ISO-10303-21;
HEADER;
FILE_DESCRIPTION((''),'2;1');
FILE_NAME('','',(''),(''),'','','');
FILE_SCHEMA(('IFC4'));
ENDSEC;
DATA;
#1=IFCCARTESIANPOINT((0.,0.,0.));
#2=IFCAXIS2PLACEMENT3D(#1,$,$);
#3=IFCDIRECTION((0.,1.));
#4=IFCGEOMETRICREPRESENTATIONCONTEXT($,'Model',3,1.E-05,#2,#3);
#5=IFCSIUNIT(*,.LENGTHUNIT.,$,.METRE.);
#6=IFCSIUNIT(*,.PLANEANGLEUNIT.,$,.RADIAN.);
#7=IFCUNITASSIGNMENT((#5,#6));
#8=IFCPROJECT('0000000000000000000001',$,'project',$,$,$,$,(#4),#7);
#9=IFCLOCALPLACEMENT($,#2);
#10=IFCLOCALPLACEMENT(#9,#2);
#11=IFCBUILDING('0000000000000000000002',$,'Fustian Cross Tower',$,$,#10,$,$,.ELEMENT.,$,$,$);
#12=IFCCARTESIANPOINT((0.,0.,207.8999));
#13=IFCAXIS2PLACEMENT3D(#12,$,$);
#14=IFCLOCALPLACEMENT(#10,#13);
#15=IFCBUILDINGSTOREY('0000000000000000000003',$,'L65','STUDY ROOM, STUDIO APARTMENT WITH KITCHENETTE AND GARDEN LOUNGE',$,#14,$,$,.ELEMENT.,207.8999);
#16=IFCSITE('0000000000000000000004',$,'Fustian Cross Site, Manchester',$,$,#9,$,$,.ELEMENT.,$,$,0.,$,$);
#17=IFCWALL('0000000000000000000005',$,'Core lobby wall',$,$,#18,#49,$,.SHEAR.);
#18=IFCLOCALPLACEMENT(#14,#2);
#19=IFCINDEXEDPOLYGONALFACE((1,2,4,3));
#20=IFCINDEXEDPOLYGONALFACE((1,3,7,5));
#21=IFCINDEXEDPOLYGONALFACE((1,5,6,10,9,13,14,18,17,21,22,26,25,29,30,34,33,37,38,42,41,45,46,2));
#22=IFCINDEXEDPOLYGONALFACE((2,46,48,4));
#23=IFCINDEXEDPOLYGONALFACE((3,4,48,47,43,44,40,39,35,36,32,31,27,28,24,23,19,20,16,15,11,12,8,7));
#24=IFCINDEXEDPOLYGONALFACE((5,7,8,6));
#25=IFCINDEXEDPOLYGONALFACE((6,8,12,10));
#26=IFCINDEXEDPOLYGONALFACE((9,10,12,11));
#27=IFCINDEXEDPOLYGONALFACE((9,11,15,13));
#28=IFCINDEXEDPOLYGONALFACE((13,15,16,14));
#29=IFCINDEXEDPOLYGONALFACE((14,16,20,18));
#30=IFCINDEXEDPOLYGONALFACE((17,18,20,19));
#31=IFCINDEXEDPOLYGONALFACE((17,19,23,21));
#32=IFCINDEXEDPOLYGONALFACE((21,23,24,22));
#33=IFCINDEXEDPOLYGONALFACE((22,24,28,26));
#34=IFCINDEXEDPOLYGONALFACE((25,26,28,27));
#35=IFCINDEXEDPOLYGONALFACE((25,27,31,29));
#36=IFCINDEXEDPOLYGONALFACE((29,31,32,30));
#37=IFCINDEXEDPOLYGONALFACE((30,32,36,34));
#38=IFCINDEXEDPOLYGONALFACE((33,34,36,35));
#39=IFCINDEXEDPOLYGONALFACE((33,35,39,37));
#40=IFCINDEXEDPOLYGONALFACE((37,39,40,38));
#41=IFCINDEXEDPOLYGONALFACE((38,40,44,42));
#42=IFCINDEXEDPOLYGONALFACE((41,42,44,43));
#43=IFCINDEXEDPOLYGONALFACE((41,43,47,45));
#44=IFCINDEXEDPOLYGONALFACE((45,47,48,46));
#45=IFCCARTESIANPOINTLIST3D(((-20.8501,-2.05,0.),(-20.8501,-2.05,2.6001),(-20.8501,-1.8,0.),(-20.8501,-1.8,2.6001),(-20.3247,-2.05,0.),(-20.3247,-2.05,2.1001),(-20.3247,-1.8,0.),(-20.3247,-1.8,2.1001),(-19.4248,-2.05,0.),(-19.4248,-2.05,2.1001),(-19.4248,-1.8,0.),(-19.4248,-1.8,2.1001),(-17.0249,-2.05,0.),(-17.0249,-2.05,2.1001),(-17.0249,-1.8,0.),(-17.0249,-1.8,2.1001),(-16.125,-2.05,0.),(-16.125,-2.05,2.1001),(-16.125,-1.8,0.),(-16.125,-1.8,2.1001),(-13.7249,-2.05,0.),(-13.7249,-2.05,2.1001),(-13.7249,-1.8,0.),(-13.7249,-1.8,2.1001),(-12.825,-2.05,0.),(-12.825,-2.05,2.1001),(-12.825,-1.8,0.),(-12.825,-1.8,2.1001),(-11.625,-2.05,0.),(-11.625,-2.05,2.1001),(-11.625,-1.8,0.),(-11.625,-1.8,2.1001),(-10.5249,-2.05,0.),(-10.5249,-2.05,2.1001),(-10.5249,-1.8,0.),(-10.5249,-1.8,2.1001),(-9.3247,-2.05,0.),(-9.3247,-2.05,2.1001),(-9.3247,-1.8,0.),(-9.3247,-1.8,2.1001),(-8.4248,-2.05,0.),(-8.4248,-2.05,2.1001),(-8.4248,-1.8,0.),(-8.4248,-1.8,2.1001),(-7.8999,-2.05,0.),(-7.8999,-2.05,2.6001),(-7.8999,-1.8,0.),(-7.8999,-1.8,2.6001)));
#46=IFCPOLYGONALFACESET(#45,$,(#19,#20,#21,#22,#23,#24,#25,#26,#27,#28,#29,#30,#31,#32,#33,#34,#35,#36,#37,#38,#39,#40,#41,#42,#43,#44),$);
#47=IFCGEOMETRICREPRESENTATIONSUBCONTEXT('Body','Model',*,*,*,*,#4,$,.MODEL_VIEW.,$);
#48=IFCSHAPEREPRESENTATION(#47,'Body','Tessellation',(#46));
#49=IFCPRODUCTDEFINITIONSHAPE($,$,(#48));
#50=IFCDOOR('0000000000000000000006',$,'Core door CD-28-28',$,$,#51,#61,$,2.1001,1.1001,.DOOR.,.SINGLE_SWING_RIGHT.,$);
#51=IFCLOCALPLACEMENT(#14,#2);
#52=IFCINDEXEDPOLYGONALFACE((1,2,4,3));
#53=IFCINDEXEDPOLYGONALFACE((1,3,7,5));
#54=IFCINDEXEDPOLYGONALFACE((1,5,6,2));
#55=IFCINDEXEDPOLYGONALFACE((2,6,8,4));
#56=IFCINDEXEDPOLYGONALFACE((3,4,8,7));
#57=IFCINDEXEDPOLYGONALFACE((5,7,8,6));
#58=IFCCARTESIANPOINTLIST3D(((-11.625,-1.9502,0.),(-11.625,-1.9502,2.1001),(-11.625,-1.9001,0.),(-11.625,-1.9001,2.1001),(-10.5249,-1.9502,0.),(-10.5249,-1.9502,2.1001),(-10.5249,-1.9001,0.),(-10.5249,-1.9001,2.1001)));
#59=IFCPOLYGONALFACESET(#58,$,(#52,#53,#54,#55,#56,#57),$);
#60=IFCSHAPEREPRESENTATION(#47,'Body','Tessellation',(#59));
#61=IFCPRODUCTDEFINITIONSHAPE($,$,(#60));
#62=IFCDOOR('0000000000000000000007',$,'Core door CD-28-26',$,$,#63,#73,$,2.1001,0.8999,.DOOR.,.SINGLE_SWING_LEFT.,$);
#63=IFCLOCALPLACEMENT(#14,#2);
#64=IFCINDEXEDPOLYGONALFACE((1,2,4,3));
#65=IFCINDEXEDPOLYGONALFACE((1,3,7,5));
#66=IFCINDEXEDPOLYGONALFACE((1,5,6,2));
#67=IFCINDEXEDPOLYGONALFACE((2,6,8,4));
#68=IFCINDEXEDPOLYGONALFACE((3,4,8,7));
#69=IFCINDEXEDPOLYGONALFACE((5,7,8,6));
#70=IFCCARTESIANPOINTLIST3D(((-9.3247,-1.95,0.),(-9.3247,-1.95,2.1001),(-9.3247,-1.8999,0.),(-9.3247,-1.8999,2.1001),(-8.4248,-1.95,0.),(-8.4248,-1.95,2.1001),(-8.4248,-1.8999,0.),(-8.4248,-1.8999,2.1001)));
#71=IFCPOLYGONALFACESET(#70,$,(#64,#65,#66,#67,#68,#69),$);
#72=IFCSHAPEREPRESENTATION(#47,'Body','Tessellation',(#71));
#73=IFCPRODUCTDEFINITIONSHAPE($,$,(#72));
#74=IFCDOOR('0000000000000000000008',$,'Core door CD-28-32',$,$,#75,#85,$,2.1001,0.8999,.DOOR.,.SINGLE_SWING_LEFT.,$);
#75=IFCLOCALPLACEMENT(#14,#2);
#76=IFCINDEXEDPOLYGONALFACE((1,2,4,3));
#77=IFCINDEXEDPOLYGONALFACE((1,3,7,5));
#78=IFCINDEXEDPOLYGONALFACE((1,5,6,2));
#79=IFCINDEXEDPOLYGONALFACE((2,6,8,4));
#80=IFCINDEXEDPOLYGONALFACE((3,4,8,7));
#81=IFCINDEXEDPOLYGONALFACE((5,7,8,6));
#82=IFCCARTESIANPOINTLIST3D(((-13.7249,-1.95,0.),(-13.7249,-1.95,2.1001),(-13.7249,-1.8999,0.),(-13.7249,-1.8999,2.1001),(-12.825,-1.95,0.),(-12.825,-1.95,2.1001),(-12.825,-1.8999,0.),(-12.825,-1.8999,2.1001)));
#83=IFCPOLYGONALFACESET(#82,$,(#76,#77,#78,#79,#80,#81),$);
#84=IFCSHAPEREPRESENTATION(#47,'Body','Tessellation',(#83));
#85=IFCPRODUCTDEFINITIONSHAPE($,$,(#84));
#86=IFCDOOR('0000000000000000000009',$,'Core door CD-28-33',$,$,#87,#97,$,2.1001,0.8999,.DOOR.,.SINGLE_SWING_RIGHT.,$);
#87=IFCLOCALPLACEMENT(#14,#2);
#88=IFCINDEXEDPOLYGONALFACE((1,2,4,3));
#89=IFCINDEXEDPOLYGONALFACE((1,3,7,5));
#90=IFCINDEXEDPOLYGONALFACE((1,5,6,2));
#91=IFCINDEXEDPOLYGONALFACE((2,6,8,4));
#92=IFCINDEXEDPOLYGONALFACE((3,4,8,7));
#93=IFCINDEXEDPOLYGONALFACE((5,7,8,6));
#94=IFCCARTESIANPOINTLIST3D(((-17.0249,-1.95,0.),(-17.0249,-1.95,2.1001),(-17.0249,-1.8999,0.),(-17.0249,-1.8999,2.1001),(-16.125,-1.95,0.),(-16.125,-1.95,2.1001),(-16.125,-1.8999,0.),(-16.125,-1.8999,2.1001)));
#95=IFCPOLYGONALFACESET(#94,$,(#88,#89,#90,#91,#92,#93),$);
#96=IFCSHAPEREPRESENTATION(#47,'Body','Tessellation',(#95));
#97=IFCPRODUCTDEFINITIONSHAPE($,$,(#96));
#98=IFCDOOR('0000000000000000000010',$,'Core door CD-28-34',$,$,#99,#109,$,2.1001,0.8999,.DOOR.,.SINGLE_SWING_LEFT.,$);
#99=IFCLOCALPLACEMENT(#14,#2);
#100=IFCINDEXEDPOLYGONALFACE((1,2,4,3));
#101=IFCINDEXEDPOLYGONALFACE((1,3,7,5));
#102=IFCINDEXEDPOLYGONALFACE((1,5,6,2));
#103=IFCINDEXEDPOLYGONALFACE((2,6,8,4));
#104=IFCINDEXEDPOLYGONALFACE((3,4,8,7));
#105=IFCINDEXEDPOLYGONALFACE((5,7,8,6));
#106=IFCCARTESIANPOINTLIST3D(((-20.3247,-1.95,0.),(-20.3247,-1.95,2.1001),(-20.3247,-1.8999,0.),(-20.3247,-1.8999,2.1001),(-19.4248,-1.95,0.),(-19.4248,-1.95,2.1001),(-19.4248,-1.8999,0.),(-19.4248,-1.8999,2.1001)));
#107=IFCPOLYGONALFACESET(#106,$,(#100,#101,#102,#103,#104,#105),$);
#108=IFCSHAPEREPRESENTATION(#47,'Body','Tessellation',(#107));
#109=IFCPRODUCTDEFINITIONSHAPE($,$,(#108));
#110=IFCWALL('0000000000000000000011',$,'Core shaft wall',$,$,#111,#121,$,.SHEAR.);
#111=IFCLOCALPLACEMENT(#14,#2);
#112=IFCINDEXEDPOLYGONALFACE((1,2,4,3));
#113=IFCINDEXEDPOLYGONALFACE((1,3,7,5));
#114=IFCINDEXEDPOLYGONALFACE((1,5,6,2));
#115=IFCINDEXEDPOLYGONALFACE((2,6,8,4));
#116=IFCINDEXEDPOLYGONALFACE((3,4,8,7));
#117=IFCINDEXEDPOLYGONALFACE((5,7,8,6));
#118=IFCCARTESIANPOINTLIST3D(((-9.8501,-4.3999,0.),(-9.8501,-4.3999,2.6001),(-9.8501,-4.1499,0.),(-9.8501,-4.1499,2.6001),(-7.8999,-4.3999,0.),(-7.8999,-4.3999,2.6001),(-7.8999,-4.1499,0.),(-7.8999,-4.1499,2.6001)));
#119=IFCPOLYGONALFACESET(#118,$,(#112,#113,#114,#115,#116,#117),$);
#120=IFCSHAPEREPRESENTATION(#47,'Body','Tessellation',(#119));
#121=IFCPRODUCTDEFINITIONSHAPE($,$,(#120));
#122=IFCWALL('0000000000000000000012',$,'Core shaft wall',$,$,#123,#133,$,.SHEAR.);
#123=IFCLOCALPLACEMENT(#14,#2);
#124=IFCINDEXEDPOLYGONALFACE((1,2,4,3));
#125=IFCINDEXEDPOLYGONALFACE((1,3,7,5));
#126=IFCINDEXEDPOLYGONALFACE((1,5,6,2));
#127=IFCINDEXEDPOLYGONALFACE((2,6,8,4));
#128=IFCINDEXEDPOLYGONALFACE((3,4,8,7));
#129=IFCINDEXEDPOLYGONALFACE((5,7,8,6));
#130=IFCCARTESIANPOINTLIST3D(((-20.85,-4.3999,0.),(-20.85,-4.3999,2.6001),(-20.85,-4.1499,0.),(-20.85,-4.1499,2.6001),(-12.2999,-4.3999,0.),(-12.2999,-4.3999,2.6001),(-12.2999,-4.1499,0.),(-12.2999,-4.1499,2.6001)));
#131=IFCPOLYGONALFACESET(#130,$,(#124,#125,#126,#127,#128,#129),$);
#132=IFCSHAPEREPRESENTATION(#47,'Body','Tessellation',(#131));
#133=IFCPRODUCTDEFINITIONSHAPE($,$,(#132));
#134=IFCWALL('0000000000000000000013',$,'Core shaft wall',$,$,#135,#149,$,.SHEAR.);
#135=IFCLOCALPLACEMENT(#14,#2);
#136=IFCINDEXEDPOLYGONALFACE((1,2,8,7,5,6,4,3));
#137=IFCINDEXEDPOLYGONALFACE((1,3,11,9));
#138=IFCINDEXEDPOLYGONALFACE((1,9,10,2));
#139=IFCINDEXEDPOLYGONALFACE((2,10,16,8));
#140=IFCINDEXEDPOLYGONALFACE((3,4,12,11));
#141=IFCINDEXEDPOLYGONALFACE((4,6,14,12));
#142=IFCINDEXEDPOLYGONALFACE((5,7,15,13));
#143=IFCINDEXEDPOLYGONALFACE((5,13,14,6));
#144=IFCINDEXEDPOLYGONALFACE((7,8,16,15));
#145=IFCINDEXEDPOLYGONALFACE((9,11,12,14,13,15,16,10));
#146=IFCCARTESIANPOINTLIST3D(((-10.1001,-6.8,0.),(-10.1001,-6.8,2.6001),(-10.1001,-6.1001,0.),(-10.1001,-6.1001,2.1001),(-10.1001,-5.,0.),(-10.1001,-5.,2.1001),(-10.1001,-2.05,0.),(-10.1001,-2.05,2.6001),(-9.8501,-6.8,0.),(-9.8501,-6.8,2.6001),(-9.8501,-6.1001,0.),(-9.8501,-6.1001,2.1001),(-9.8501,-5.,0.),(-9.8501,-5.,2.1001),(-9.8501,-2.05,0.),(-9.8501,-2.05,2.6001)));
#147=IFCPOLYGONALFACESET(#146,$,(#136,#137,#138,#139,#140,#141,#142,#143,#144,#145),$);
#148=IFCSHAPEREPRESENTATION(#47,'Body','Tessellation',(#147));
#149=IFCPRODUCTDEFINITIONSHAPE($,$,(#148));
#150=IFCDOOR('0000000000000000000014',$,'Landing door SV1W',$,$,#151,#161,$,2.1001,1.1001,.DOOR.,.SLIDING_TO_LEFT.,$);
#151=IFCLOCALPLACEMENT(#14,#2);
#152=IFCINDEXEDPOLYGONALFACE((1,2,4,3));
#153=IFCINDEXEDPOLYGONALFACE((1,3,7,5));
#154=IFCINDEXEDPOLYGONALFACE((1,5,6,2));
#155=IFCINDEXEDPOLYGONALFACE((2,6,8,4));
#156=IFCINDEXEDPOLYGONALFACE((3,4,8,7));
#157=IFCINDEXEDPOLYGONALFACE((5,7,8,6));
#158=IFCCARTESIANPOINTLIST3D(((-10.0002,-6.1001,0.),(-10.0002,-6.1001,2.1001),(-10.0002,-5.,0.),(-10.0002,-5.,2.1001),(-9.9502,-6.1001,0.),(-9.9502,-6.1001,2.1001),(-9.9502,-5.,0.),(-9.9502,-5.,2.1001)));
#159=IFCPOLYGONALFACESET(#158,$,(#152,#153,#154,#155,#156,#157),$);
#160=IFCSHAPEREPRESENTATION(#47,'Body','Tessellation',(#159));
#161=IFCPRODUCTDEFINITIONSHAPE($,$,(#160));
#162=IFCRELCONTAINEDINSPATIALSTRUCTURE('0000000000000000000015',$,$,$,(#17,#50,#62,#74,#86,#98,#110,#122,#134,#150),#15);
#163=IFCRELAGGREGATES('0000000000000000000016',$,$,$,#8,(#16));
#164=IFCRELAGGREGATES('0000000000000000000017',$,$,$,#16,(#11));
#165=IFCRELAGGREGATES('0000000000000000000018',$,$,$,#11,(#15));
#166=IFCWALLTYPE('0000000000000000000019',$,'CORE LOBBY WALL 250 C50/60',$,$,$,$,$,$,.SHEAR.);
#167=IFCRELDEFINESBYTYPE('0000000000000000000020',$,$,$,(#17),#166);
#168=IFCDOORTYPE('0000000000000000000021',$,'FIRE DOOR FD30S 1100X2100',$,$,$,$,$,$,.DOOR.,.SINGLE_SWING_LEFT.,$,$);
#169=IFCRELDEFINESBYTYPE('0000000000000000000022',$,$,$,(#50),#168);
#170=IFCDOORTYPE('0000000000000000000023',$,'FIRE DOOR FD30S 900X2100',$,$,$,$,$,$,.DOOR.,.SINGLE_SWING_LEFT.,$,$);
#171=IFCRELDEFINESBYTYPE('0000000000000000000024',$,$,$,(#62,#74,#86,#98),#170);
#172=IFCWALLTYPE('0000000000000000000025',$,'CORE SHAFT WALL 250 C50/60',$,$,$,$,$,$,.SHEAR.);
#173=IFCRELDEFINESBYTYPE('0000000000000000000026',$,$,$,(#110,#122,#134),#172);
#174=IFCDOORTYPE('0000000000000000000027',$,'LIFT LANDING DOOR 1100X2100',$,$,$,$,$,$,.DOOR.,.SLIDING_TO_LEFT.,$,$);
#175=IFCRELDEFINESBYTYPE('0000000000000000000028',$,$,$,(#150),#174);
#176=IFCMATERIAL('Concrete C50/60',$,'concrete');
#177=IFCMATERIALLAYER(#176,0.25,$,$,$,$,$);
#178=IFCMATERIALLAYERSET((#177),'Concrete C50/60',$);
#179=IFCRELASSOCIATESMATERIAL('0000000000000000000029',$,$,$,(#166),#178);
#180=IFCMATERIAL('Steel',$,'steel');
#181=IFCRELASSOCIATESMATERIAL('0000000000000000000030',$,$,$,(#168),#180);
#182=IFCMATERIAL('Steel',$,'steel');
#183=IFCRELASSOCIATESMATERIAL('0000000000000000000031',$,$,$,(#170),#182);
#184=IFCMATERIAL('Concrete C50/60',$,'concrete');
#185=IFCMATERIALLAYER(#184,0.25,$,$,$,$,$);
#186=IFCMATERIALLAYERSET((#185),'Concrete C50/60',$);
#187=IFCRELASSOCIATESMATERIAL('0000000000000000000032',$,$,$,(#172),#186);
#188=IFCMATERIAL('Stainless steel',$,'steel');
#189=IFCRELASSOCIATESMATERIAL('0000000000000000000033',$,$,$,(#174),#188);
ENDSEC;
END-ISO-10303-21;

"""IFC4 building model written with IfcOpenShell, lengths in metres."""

from ifc_helpers import new_model, si_unit, direction, frame, frame_2d, origin, place, context, subcontext, project, spatial, rectangle, extrude, material, layer, layer_set, type_object, element, fill, save


model = new_model("IFC4")

# Units and contexts
model_context = context("Model", 3, precision=1e-05, world=origin(), true_north=direction((0.0, 1.0)))
body_context = subcontext(model_context, "Body", "Model", "MODEL_VIEW")
ifc_project = project(units=[si_unit("LENGTHUNIT", "METRE"), si_unit("PLANEANGLEUNIT", "RADIAN")], contexts=[model_context])

# Site, building, storey
site_placement = place(None, origin())
site = spatial("IfcSite", under=ifc_project, at=site_placement, Name="Fustian Cross Site, Manchester", CompositionType="ELEMENT", RefElevation=0.0)
building_placement = place(site_placement, origin())
building = spatial("IfcBuilding", under=site, at=building_placement, Name="Fustian Cross Tower", CompositionType="ELEMENT")
storey_placement = place(building_placement, frame((0.0, 0.0, 207.8999)))
storey = spatial("IfcBuildingStorey", under=building, at=storey_placement, Name="L65", Description="STUDY ROOM, STUDIO APARTMENT WITH KITCHENETTE AND GARDEN LOUNGE", CompositionType="ELEMENT", Elevation=207.8999)

# Wall, openings, doors
ifc_material_1 = material(Name="Concrete C50/60", Category="concrete")
ifc_layer_1 = layer(ifc_material_1, 0.25)
ifc_layer_set_1 = layer_set([ifc_layer_1], Name="Concrete C50/60")
wall_type_1 = type_object("IfcWallType", Name="CORE LOBBY WALL 250 C50/60", PredefinedType="SHEAR", material=ifc_layer_set_1)
wall_1_placement = place(storey_placement, frame((-7.8999, -1.925, 0.0), z_axis=(0.0, 0.0, 1.0), x_axis=(-1.0, 0.0, 0.0)))
wall_1 = element("IfcWall", 1, at=wall_1_placement, inside=storey, type_object=wall_type_1, Name="Core lobby wall", PredefinedType="SHEAR", context=body_context, shape_type="SweptSolid", body=[
    extrude(rectangle(XDim=12.9502, YDim=0.25, at=frame_2d((6.4751, 0.0))), origin(), (0.0, 0.0, 1.0), 2.6001),
])
opening_1_placement = place(wall_1_placement, frame((0.5249, 0.0, 0.0)))
opening_1 = element("IfcOpeningElement", 2, at=opening_1_placement, cuts=wall_1, PredefinedType="OPENING", context=body_context, shape_type="SweptSolid", body=[
    extrude(rectangle(XDim=0.8999, YDim=2.1001, at=frame_2d((0.45, 1.05))), frame((0.0, 0.135, 0.0), z_axis=(0.0, -1.0, 0.0), x_axis=(1.0, 0.0, 0.0)), (0.0, 0.0, 1.0), 0.27),
])
opening_2_placement = place(wall_1_placement, frame((2.625, 0.0, 0.0)))
opening_2 = element("IfcOpeningElement", 3, at=opening_2_placement, cuts=wall_1, PredefinedType="OPENING", context=body_context, shape_type="SweptSolid", body=[
    extrude(rectangle(XDim=1.1001, YDim=2.1001, at=frame_2d((0.55, 1.05))), frame((0.0, 0.135, 0.0), z_axis=(0.0, -1.0, 0.0), x_axis=(1.0, 0.0, 0.0)), (0.0, 0.0, 1.0), 0.27),
])
opening_3_placement = place(wall_1_placement, frame((4.925, 0.0, 0.0)))
opening_3 = element("IfcOpeningElement", 4, at=opening_3_placement, cuts=wall_1, PredefinedType="OPENING", context=body_context, shape_type="SweptSolid", body=[
    extrude(rectangle(XDim=0.8999, YDim=2.1001, at=frame_2d((0.45, 1.05))), frame((0.0, 0.135, 0.0), z_axis=(0.0, -1.0, 0.0), x_axis=(1.0, 0.0, 0.0)), (0.0, 0.0, 1.0), 0.27),
])
opening_4_placement = place(wall_1_placement, frame((8.2251, 0.0, 0.0)))
opening_4 = element("IfcOpeningElement", 5, at=opening_4_placement, cuts=wall_1, PredefinedType="OPENING", context=body_context, shape_type="SweptSolid", body=[
    extrude(rectangle(XDim=0.8999, YDim=2.1001, at=frame_2d((0.45, 1.05))), frame((0.0, 0.135, 0.0), z_axis=(0.0, -1.0, 0.0), x_axis=(1.0, 0.0, 0.0)), (0.0, 0.0, 1.0), 0.27),
])
opening_5_placement = place(wall_1_placement, frame((11.5249, 0.0, 0.0)))
opening_5 = element("IfcOpeningElement", 6, at=opening_5_placement, cuts=wall_1, PredefinedType="OPENING", context=body_context, shape_type="SweptSolid", body=[
    extrude(rectangle(XDim=0.8999, YDim=2.1001, at=frame_2d((0.45, 1.05))), frame((0.0, 0.135, 0.0), z_axis=(0.0, -1.0, 0.0), x_axis=(1.0, 0.0, 0.0)), (0.0, 0.0, 1.0), 0.27),
])
ifc_material_2 = material(Name="Steel", Category="steel")
door_type_1 = type_object("IfcDoorType", Name="FIRE DOOR FD30S 1100X2100", OperationType="SINGLE_SWING_LEFT", PredefinedType="DOOR", material=ifc_material_2)
door_1_placement = place(opening_2_placement, frame((1.1001, 0.0, 0.0), z_axis=(0.0, 0.0, 1.0), x_axis=(-1.0, 0.0, 0.0)))
door_1 = element("IfcDoor", 7, at=door_1_placement, inside=storey, type_object=door_type_1, Name="Core door CD-28-28", OperationType="SINGLE_SWING_RIGHT", OverallHeight=2.1001, OverallWidth=1.1001, PredefinedType="DOOR", context=body_context, shape_type="SweptSolid", body=[
    extrude(rectangle(XDim=1.1001, YDim=2.1001, at=frame_2d((0.55, 1.05))), frame((0.0, 0.0249, 0.0), z_axis=(0.0, -1.0, 0.0), x_axis=(1.0, 0.0, 0.0)), (0.0, 0.0, 1.0), 0.05),
])
fill(opening_2, door_1)
ifc_material_3 = material(Name="Steel", Category="steel")
door_type_2 = type_object("IfcDoorType", Name="FIRE DOOR FD30S 900X2100", OperationType="SINGLE_SWING_LEFT", PredefinedType="DOOR", material=ifc_material_3)
door_2_placement = place(opening_1_placement, origin())
door_2 = element("IfcDoor", 8, at=door_2_placement, inside=storey, type_object=door_type_2, Name="Core door CD-28-26", OperationType="SINGLE_SWING_LEFT", OverallHeight=2.1001, OverallWidth=0.8999, PredefinedType="DOOR", context=body_context, shape_type="SweptSolid", body=[
    extrude(rectangle(XDim=0.8999, YDim=2.1001, at=frame_2d((0.45, 1.05))), frame((0.0, 0.0249, 0.0), z_axis=(0.0, -1.0, 0.0), x_axis=(1.0, 0.0, 0.0)), (0.0, 0.0, 1.0), 0.05),
])
fill(opening_1, door_2)
door_3_placement = place(opening_3_placement, origin())
door_3 = element("IfcDoor", 9, at=door_3_placement, inside=storey, type_object=door_type_2, Name="Core door CD-28-32", OperationType="SINGLE_SWING_LEFT", OverallHeight=2.1001, OverallWidth=0.8999, PredefinedType="DOOR", context=body_context, shape_type="SweptSolid", body=[
    extrude(rectangle(XDim=0.8999, YDim=2.1001, at=frame_2d((0.45, 1.05))), frame((0.0, 0.0249, 0.0), z_axis=(0.0, -1.0, 0.0), x_axis=(1.0, 0.0, 0.0)), (0.0, 0.0, 1.0), 0.05),
])
fill(opening_3, door_3)
door_4_placement = place(opening_4_placement, origin())
door_4 = element("IfcDoor", 10, at=door_4_placement, inside=storey, type_object=door_type_2, Name="Core door CD-28-33", OperationType="SINGLE_SWING_RIGHT", OverallHeight=2.1001, OverallWidth=0.8999, PredefinedType="DOOR", context=body_context, shape_type="SweptSolid", body=[
    extrude(rectangle(XDim=0.8999, YDim=2.1001, at=frame_2d((0.45, 1.05))), frame((0.0, 0.0249, 0.0), z_axis=(0.0, -1.0, 0.0), x_axis=(1.0, 0.0, 0.0)), (0.0, 0.0, 1.0), 0.05),
])
fill(opening_4, door_4)
door_5_placement = place(opening_5_placement, origin())
door_5 = element("IfcDoor", 11, at=door_5_placement, inside=storey, type_object=door_type_2, Name="Core door CD-28-34", OperationType="SINGLE_SWING_LEFT", OverallHeight=2.1001, OverallWidth=0.8999, PredefinedType="DOOR", context=body_context, shape_type="SweptSolid", body=[
    extrude(rectangle(XDim=0.8999, YDim=2.1001, at=frame_2d((0.45, 1.05))), frame((0.0, 0.0249, 0.0), z_axis=(0.0, -1.0, 0.0), x_axis=(1.0, 0.0, 0.0)), (0.0, 0.0, 1.0), 0.05),
])
fill(opening_5, door_5)

# Walls
ifc_material_4 = material(Name="Concrete C50/60", Category="concrete")
ifc_layer_2 = layer(ifc_material_4, 0.25)
ifc_layer_set_2 = layer_set([ifc_layer_2], Name="Concrete C50/60")
wall_type_2 = type_object("IfcWallType", Name="CORE SHAFT WALL 250 C50/60", PredefinedType="SHEAR", material=ifc_layer_set_2)
wall_2_placement = place(storey_placement, frame((-7.8999, -4.2749, 0.0), z_axis=(0.0, 0.0, 1.0), x_axis=(-1.0, 0.0, 0.0)))
element("IfcWall", 12, at=wall_2_placement, inside=storey, type_object=wall_type_2, Name="Core shaft wall", PredefinedType="SHEAR", context=body_context, shape_type="SweptSolid", body=[
    extrude(rectangle(XDim=1.9502, YDim=0.25, at=frame_2d((0.9751, 0.0))), origin(), (0.0, 0.0, 1.0), 2.6001),
])
wall_3_placement = place(storey_placement, frame((-12.3, -4.2749, 0.0), z_axis=(0.0, 0.0, 1.0), x_axis=(-1.0, 0.0, 0.0)))
element("IfcWall", 13, at=wall_3_placement, inside=storey, type_object=wall_type_2, Name="Core shaft wall", PredefinedType="SHEAR", context=body_context, shape_type="SweptSolid", body=[
    extrude(rectangle(XDim=8.55, YDim=0.25, at=frame_2d((4.2749, 0.0))), origin(), (0.0, 0.0, 1.0), 2.6001),
])

# Wall, opening, door
wall_4_placement = place(storey_placement, frame((-9.9751, -2.05, 0.0), z_axis=(0.0, 0.0, 1.0), x_axis=(0.0, -1.0, 0.0)))
wall_4 = element("IfcWall", 14, at=wall_4_placement, inside=storey, type_object=wall_type_2, Name="Core shaft wall", PredefinedType="SHEAR", context=body_context, shape_type="SweptSolid", body=[
    extrude(rectangle(XDim=4.75, YDim=0.25, at=frame_2d((2.375, 0.0))), origin(), (0.0, 0.0, 1.0), 2.6001),
])
opening_6_placement = place(wall_4_placement, frame((2.95, 0.0, 0.0)))
opening_6 = element("IfcOpeningElement", 15, at=opening_6_placement, cuts=wall_4, PredefinedType="OPENING", context=body_context, shape_type="SweptSolid", body=[
    extrude(rectangle(XDim=1.1001, YDim=2.1001, at=frame_2d((0.55, 1.05))), frame((0.0, 0.135, 0.0), z_axis=(0.0, -1.0, 0.0), x_axis=(1.0, 0.0, 0.0)), (0.0, 0.0, 1.0), 0.27),
])
ifc_material_5 = material(Name="Stainless steel", Category="steel")
door_type_3 = type_object("IfcDoorType", Name="LIFT LANDING DOOR 1100X2100", OperationType="SLIDING_TO_LEFT", PredefinedType="DOOR", material=ifc_material_5)
door_6_placement = place(opening_6_placement, origin())
door_6 = element("IfcDoor", 16, at=door_6_placement, inside=storey, type_object=door_type_3, Name="Landing door SV1W", OperationType="SLIDING_TO_LEFT", OverallHeight=2.1001, OverallWidth=1.1001, PredefinedType="DOOR", context=body_context, shape_type="SweptSolid", body=[
    extrude(rectangle(XDim=1.1001, YDim=2.1001, at=frame_2d((0.55, 1.05))), frame((0.0, 0.0249, 0.0), z_axis=(0.0, -1.0, 0.0), x_axis=(1.0, 0.0, 0.0)), (0.0, 0.0, 1.0), 0.05),
])
fill(opening_6, door_6)

save(model, "model.ifc")
